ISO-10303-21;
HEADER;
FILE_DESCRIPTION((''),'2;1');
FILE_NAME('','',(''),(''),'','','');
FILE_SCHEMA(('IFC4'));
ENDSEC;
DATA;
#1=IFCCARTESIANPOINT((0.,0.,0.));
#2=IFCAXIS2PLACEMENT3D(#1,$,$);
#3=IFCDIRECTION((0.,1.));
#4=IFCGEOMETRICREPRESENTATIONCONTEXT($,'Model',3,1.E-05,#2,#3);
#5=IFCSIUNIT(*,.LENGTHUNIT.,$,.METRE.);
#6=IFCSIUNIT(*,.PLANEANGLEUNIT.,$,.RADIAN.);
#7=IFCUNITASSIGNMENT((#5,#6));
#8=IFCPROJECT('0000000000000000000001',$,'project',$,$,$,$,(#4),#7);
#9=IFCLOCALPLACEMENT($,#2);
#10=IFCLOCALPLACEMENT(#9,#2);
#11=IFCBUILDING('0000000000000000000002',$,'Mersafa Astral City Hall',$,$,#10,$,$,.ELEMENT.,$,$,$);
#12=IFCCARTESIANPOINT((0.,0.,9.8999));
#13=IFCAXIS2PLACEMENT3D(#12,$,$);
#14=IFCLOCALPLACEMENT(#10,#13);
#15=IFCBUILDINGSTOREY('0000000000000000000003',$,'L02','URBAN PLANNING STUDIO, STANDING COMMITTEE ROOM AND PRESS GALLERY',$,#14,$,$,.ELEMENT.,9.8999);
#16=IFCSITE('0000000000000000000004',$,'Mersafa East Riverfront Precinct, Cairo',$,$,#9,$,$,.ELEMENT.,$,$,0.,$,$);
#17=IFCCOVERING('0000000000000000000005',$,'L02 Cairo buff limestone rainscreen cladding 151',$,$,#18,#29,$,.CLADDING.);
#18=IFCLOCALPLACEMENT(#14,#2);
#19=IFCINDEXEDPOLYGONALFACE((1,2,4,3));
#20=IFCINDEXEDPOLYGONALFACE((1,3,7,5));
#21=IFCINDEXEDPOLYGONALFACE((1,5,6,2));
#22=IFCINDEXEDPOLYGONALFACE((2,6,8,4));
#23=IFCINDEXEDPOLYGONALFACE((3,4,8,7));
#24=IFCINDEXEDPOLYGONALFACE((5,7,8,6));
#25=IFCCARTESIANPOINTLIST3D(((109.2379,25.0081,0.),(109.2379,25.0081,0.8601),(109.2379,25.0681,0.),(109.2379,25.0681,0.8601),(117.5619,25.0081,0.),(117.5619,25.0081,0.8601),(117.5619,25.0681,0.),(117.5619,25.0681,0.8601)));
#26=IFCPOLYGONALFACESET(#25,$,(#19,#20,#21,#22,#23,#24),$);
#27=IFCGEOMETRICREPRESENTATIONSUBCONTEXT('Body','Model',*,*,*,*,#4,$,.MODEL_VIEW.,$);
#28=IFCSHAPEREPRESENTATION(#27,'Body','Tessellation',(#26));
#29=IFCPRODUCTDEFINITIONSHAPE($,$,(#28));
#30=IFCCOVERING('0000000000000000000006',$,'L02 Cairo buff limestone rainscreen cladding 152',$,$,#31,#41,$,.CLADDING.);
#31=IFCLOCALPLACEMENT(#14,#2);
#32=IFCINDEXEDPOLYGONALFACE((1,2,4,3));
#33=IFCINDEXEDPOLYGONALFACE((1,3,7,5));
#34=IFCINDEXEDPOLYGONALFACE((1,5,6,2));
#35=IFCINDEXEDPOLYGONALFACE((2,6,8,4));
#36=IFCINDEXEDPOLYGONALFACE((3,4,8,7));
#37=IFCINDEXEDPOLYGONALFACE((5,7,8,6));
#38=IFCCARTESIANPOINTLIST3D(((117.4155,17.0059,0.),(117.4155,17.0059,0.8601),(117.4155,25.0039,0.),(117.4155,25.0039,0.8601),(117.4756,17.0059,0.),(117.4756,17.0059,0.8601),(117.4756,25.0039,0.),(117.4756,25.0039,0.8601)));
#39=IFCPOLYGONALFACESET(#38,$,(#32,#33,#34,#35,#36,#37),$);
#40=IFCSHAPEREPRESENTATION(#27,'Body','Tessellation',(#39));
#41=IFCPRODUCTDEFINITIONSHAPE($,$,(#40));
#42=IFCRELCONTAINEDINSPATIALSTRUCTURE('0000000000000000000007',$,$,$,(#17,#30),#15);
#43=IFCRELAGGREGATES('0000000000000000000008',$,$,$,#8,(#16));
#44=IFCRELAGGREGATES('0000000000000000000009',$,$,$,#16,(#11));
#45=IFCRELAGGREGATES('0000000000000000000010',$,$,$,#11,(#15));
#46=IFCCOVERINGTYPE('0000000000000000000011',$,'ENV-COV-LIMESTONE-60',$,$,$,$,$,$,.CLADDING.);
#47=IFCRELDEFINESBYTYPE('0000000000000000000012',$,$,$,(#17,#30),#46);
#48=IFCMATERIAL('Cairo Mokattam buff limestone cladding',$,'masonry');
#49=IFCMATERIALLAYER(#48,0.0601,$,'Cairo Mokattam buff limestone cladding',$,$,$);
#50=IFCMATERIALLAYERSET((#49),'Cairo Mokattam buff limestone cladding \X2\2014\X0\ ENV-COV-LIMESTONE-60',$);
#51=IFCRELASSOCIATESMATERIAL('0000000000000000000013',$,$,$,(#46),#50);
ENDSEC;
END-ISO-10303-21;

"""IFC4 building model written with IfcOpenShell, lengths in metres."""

from ifc_helpers import new_model, si_unit, direction, frame, origin, origin_2d, place, context, subcontext, project, spatial, rectangle, extrude, material, layer, layer_set, type_object, element, save


model = new_model("IFC4")

# Units and contexts
model_context = context("Model", 3, precision=1e-05, world=origin(), true_north=direction((0.0, 1.0)))
body_context = subcontext(model_context, "Body", "Model", "MODEL_VIEW")
ifc_project = project(units=[si_unit("LENGTHUNIT", "METRE"), si_unit("PLANEANGLEUNIT", "RADIAN")], contexts=[model_context])

# Site, building, storey
site_placement = place(None, origin())
site = spatial("IfcSite", under=ifc_project, at=site_placement, Name="Mersafa East Riverfront Precinct, Cairo", CompositionType="ELEMENT", RefElevation=0.0)
building_placement = place(site_placement, origin())
building = spatial("IfcBuilding", under=site, at=building_placement, Name="Mersafa Astral City Hall", CompositionType="ELEMENT")
storey_placement = place(building_placement, frame((0.0, 0.0, 9.8999)))
storey = spatial("IfcBuildingStorey", under=building, at=storey_placement, Name="L02", Description="URBAN PLANNING STUDIO, STANDING COMMITTEE ROOM AND PRESS GALLERY", CompositionType="ELEMENT", Elevation=9.8999)

# Coverings
ifc_material_1 = material(Name="Cairo Mokattam buff limestone cladding", Category="masonry")
ifc_layer_1 = layer(ifc_material_1, 0.0601, Name="Cairo Mokattam buff limestone cladding")
ifc_layer_set_1 = layer_set([ifc_layer_1], Name="Cairo Mokattam buff limestone cladding — ENV-COV-LIMESTONE-60")
covering_type = type_object("IfcCoveringType", Name="ENV-COV-LIMESTONE-60", PredefinedType="CLADDING", material=ifc_layer_set_1)
covering_1_placement = place(storey_placement, frame((113.3999, 25.0381, 0.0), z_axis=(0.0, 0.0, 1.0), x_axis=(1.0, 0.0, 0.0)))
element("IfcCovering", 1, at=covering_1_placement, inside=storey, type_object=covering_type, Name="L02 Cairo buff limestone rainscreen cladding 151", PredefinedType="CLADDING", context=body_context, shape_type="SweptSolid", body=[
    extrude(rectangle(XDim=8.324, YDim=0.0601, at=origin_2d()), origin(), (0.0, 0.0, 1.0), 0.8601),
])
covering_2_placement = place(storey_placement, frame((117.4456, 21.0049, 0.0), z_axis=(0.0, 0.0, 1.0), x_axis=(0.0, -1.0, 0.0)))
element("IfcCovering", 2, at=covering_2_placement, inside=storey, type_object=covering_type, Name="L02 Cairo buff limestone rainscreen cladding 152", PredefinedType="CLADDING", context=body_context, shape_type="SweptSolid", body=[
    extrude(rectangle(XDim=7.998, YDim=0.0601, at=origin_2d()), origin(), (0.0, 0.0, 1.0), 0.8601),
])

save(model, "model.ifc")
